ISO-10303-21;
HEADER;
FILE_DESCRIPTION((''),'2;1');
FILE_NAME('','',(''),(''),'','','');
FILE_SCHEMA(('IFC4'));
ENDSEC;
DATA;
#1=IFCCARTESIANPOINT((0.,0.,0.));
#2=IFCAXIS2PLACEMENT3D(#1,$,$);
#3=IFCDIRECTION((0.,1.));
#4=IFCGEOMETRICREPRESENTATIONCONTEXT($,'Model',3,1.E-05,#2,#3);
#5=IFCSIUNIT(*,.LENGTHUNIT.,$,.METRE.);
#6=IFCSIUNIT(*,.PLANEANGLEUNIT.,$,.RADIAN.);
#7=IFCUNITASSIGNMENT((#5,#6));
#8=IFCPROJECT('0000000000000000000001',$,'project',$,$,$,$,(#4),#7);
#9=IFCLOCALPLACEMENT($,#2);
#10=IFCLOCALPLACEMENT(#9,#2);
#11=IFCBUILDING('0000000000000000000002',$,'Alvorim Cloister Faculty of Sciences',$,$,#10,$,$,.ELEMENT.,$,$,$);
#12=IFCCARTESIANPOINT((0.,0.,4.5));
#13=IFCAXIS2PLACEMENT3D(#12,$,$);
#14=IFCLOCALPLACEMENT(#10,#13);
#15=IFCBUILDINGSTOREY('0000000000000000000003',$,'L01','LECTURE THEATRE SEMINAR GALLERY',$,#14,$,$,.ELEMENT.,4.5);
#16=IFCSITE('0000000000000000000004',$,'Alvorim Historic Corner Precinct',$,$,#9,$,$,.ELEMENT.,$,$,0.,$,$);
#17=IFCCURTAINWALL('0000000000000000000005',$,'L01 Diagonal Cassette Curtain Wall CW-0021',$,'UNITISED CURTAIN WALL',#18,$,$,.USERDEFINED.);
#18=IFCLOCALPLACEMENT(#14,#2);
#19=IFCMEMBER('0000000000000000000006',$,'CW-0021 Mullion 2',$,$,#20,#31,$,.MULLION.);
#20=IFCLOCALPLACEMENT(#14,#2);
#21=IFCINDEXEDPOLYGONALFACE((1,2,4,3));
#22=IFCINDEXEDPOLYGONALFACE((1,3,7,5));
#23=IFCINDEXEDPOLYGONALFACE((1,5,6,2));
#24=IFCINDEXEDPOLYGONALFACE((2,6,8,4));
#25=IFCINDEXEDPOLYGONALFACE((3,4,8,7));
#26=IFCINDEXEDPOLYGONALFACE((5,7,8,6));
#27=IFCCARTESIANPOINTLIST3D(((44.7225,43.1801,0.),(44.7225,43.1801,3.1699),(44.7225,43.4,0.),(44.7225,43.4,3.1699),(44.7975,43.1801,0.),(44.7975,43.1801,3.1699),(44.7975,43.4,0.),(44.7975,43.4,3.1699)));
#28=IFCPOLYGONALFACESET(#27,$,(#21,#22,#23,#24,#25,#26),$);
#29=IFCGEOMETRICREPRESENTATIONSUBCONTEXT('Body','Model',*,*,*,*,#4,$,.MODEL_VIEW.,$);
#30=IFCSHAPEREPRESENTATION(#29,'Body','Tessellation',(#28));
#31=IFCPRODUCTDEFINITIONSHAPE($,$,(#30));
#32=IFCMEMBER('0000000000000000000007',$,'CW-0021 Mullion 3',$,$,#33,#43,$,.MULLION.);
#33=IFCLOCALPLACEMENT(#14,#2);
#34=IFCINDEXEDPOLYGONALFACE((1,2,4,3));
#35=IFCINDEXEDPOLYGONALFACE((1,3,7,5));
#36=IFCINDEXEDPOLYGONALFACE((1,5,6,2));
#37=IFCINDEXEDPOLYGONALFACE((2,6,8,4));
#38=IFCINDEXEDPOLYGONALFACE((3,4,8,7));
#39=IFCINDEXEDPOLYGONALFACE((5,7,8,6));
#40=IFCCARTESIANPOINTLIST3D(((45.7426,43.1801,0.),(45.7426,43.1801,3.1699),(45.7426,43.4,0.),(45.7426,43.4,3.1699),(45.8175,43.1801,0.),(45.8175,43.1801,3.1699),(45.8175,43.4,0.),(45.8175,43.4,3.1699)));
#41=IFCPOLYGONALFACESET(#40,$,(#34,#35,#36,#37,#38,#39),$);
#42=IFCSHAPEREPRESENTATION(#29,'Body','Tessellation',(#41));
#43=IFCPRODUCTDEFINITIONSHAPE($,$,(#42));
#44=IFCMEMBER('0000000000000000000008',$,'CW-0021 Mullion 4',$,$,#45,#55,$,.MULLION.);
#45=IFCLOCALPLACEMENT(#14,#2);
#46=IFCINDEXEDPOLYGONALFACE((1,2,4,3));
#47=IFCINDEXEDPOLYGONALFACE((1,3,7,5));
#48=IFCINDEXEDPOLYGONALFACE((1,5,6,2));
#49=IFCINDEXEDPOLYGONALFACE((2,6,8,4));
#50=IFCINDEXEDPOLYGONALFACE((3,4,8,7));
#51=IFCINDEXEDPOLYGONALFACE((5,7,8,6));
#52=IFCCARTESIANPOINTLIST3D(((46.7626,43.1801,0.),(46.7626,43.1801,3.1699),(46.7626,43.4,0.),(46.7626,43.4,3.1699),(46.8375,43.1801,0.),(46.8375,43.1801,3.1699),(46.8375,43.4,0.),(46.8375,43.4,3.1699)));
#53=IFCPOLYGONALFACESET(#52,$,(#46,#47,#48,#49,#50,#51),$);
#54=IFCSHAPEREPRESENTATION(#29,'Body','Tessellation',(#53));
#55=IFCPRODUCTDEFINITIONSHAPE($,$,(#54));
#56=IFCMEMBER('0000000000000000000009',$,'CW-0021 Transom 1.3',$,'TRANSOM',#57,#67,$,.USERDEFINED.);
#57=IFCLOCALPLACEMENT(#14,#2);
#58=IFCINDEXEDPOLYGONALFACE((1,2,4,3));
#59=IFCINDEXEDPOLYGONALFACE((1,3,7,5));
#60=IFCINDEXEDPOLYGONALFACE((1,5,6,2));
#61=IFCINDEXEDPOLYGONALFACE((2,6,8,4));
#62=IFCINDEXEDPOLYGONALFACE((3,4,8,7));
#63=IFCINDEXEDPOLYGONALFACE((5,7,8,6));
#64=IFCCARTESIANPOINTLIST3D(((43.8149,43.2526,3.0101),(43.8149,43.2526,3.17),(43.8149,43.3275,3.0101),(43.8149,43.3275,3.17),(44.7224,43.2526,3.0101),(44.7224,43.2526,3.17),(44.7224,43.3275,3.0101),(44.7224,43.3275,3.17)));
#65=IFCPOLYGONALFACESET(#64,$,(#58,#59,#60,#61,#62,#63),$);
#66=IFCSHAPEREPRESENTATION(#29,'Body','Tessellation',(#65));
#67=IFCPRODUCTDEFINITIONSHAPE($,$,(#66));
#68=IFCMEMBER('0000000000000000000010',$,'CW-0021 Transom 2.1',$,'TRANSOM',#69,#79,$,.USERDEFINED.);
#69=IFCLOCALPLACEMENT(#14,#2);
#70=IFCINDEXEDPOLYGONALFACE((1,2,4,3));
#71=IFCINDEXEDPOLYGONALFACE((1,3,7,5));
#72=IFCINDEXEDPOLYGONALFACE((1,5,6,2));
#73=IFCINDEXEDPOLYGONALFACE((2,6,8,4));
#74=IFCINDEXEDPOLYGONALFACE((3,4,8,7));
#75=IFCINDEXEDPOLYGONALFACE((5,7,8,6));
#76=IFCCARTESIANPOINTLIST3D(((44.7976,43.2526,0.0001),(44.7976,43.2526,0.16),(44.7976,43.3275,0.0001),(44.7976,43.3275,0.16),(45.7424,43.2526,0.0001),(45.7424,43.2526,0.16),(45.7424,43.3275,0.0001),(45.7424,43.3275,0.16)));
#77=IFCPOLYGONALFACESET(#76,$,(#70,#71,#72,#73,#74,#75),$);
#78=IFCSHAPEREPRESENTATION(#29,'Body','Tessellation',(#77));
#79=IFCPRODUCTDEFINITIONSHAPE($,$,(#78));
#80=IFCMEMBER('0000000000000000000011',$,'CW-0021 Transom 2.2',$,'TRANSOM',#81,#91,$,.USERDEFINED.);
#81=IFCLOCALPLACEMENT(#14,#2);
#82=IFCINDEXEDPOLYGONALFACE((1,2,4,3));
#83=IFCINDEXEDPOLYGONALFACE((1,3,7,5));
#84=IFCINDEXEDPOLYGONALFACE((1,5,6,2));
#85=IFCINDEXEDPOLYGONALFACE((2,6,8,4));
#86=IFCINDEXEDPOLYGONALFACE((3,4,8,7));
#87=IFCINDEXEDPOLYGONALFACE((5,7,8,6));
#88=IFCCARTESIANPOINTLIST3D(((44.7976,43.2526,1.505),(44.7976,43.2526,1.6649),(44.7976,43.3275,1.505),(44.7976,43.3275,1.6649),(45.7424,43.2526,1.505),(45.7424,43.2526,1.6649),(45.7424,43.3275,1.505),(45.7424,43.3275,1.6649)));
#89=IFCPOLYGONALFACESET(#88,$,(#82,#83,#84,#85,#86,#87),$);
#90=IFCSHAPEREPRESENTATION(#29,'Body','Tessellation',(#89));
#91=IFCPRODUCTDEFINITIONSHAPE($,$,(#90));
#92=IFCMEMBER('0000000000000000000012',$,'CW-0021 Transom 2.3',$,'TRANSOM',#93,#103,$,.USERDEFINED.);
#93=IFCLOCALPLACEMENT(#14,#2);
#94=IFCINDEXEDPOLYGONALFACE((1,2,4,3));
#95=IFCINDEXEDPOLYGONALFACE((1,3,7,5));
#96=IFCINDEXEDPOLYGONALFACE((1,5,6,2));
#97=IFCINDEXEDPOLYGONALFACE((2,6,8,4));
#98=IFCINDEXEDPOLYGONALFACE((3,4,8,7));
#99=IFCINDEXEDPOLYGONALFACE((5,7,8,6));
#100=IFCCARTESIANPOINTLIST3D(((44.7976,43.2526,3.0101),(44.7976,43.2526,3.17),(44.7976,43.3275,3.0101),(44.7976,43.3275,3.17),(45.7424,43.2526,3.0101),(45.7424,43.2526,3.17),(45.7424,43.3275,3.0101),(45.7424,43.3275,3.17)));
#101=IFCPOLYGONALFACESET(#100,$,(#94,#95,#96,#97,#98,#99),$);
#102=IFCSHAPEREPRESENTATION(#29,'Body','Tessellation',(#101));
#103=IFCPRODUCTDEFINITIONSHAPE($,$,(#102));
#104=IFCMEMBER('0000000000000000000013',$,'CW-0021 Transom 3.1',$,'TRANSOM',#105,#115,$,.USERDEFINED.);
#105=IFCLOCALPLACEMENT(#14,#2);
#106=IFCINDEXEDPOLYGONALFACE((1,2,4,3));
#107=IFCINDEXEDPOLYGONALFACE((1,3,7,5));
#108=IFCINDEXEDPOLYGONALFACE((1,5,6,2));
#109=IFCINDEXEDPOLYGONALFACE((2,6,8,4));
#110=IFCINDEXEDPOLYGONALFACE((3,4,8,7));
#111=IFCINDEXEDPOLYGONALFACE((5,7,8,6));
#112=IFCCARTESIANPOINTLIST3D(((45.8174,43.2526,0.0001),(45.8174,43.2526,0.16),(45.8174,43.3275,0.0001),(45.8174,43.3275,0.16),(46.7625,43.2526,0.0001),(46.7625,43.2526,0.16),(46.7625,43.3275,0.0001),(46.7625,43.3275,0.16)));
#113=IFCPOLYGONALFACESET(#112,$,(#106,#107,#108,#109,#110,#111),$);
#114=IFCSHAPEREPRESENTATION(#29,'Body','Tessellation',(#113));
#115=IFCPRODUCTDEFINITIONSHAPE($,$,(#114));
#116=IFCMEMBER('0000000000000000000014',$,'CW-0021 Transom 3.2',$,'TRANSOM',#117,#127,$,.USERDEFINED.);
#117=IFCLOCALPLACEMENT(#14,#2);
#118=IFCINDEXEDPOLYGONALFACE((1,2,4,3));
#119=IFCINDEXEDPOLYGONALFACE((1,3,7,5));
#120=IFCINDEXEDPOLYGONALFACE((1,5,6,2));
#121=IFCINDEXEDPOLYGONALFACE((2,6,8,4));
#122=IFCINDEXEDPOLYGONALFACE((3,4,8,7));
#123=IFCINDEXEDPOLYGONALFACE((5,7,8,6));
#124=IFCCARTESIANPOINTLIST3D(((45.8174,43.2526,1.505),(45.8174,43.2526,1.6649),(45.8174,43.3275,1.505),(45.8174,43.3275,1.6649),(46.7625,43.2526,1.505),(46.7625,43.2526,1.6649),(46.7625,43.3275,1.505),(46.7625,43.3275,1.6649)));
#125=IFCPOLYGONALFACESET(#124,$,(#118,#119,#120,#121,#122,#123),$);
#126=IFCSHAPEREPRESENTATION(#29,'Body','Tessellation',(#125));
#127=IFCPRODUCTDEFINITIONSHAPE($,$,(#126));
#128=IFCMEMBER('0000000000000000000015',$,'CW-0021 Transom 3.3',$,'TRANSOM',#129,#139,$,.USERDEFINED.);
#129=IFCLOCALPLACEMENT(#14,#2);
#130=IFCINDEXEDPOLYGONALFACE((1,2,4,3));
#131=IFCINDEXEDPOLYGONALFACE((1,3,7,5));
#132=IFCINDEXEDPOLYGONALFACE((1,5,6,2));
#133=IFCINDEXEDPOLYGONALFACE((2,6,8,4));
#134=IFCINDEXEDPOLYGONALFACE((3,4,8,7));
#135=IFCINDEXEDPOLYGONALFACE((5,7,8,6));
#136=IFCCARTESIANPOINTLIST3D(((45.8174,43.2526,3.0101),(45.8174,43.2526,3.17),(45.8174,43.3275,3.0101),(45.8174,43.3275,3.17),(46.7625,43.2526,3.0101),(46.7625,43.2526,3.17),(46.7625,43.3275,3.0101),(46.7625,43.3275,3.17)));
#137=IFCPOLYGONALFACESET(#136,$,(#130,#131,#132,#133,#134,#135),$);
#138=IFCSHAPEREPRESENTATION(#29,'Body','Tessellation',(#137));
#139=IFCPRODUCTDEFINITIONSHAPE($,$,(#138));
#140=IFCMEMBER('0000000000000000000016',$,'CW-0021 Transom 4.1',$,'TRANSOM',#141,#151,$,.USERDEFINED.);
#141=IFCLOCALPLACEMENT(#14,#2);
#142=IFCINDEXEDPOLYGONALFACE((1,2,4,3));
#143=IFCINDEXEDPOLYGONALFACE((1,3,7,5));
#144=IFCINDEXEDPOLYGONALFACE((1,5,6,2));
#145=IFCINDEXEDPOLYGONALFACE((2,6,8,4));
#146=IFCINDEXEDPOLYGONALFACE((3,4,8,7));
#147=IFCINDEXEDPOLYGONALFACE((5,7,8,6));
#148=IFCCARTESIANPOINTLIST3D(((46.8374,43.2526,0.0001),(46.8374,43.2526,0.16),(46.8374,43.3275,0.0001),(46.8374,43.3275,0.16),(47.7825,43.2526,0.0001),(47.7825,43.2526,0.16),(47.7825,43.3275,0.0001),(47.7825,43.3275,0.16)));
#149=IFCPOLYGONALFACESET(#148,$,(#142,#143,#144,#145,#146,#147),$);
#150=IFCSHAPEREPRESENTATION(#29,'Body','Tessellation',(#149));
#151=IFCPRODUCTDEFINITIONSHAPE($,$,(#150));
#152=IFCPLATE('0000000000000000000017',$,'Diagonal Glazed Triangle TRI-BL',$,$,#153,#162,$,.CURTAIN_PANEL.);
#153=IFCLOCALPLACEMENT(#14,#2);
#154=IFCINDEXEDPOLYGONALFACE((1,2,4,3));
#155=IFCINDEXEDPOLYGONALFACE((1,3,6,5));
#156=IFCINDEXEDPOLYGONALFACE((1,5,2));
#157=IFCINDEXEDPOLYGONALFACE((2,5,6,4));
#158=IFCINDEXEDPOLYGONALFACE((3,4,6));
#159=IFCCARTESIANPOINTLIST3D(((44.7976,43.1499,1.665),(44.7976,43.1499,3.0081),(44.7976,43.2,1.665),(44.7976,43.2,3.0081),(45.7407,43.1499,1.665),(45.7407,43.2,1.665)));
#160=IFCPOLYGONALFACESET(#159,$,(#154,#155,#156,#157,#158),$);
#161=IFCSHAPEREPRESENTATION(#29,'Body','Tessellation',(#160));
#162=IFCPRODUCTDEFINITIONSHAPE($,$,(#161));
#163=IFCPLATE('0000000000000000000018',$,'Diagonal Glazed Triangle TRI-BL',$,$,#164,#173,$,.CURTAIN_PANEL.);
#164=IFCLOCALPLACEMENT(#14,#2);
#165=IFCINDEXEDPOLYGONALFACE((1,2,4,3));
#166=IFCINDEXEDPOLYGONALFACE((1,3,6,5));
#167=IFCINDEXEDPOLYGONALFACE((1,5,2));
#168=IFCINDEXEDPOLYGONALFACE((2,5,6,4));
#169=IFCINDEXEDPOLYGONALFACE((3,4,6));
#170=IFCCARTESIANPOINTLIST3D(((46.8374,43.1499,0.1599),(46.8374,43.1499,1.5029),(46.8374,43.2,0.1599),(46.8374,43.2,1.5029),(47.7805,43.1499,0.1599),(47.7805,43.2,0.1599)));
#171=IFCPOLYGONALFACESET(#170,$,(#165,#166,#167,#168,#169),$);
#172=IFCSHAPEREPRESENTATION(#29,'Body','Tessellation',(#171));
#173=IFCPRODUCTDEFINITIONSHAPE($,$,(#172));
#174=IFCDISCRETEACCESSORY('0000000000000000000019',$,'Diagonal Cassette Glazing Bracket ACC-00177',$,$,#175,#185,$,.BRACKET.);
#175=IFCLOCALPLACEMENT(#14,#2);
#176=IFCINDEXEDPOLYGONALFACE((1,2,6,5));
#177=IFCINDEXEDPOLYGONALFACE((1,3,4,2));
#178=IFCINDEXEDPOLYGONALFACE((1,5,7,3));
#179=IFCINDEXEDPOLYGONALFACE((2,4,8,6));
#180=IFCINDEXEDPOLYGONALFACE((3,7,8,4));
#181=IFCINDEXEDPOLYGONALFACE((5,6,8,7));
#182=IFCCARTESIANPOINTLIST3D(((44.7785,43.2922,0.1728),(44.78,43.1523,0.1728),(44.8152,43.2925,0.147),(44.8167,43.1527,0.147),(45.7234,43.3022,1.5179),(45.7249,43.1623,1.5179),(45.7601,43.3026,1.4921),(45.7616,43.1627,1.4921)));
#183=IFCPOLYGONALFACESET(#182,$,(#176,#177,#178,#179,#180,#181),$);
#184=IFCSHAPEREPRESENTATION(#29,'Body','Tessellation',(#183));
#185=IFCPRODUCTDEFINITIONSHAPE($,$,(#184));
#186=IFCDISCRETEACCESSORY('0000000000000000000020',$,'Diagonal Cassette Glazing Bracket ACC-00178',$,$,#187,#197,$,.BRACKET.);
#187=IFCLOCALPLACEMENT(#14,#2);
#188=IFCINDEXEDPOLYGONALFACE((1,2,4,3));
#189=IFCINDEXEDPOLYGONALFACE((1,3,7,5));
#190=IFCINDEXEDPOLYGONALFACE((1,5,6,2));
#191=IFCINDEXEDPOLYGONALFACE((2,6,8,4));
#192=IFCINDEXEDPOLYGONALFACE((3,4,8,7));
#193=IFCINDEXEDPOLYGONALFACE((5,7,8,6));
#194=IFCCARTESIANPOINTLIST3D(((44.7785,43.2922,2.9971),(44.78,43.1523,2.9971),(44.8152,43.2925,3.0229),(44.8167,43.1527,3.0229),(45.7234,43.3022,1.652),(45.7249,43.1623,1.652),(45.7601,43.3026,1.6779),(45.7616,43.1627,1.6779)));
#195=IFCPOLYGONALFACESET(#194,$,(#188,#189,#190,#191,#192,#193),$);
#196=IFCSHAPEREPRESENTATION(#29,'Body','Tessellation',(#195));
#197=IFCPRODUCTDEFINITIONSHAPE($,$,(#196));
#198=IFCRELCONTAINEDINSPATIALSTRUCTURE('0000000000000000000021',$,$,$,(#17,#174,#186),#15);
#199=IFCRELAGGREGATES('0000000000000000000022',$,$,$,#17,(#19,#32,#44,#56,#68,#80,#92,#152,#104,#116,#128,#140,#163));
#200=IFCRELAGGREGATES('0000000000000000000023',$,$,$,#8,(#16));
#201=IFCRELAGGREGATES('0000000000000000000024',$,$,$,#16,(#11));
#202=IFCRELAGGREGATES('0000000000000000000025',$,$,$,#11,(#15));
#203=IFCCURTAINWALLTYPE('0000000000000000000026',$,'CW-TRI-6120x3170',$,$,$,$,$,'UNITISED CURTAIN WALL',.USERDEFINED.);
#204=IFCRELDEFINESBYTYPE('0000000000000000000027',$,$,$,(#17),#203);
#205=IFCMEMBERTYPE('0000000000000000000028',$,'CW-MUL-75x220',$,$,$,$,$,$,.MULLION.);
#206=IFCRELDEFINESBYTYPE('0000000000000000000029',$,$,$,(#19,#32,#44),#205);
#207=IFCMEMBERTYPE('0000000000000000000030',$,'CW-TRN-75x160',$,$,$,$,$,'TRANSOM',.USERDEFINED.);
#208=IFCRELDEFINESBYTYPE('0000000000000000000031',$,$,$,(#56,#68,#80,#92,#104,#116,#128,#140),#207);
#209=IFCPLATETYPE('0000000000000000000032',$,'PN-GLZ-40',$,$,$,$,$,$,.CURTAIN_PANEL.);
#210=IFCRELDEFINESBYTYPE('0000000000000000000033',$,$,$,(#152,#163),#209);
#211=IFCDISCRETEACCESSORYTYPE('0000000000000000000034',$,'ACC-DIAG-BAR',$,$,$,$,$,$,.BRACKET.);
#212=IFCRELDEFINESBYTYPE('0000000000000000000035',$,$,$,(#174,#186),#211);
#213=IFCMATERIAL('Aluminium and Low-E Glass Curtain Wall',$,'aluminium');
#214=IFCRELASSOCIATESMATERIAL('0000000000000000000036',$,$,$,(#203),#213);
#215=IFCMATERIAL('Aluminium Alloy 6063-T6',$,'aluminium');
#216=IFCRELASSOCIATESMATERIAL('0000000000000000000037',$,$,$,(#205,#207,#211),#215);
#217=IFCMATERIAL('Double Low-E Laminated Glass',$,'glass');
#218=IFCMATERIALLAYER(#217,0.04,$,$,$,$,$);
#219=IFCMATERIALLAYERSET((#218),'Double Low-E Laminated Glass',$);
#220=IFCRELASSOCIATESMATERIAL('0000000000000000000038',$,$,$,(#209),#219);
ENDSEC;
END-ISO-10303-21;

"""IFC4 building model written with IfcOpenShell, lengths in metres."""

from ifc_helpers import new_model, si_unit, direction, frame, origin, origin_2d, place, context, subcontext, project, spatial, polyline, rectangle, outline, extrude, material, layer, layer_set, material_profile, profile_set, type_object, element, aggregate, save


model = new_model("IFC4")

# Units and contexts
model_context = context("Model", 3, precision=1e-05, world=origin(), true_north=direction((0.0, 1.0)))
body_context = subcontext(model_context, "Body", "Model", "MODEL_VIEW")
ifc_project = project(units=[si_unit("LENGTHUNIT", "METRE"), si_unit("PLANEANGLEUNIT", "RADIAN")], contexts=[model_context])

# Site, building, storey
site_placement = place(None, origin())
site = spatial("IfcSite", under=ifc_project, at=site_placement, Name="Alvorim Historic Corner Precinct", CompositionType="ELEMENT", RefElevation=0.0)
building_placement = place(site_placement, origin())
building = spatial("IfcBuilding", under=site, at=building_placement, Name="Alvorim Cloister Faculty of Sciences", CompositionType="ELEMENT")
storey_placement = place(building_placement, frame((0.0, 0.0, 4.5)))
storey = spatial("IfcBuildingStorey", under=building, at=storey_placement, Name="L01", Description="LECTURE THEATRE SEMINAR GALLERY", CompositionType="ELEMENT", Elevation=4.5)

# Curtain wall, members, plates
ifc_material_1 = material(Name="Aluminium and Low-E Glass Curtain Wall", Category="aluminium")
curtain_wall_type = type_object("IfcCurtainWallType", Name="CW-TRI-6120x3170", ElementType="UNITISED CURTAIN WALL", PredefinedType="USERDEFINED", material=ifc_material_1)
curtain_wall_placement = place(storey_placement, origin())
curtain_wall = element("IfcCurtainWall", 1, at=curtain_wall_placement, inside=storey, type_object=curtain_wall_type, Name="L01 Diagonal Cassette Curtain Wall CW-0021", ObjectType="UNITISED CURTAIN WALL", PredefinedType="USERDEFINED")
ifc_material_2 = material(Name="Aluminium Alloy 6063-T6", Category="aluminium")
ifc_material_profile_1 = material_profile(ifc_material_2, rectangle(XDim=0.075, YDim=0.22, at=origin_2d()), Name="ALU-MUL-75x220")
ifc_profile_set_1 = profile_set([ifc_material_profile_1], Name="Aluminium Alloy 6063-T6")
member_type_1 = type_object("IfcMemberType", Name="CW-MUL-75x220", PredefinedType="MULLION", material=ifc_profile_set_1)
member_1_placement = place(storey_placement, frame((44.76, 43.29, 0.0), z_axis=(0.0, 0.0, 1.0), x_axis=(1.0, 0.0, 0.0)))
member_1 = element("IfcMember", 2, at=member_1_placement, type_object=member_type_1, Name="CW-0021 Mullion 2", PredefinedType="MULLION", context=body_context, shape_type="SweptSolid", body=[
    extrude(rectangle(XDim=0.075, YDim=0.22, at=origin_2d()), origin(), (0.0, 0.0, 1.0), 3.1699),
])
member_2_placement = place(storey_placement, frame((45.78, 43.29, 0.0), z_axis=(0.0, 0.0, 1.0), x_axis=(1.0, 0.0, 0.0)))
member_2 = element("IfcMember", 3, at=member_2_placement, type_object=member_type_1, Name="CW-0021 Mullion 3", PredefinedType="MULLION", context=body_context, shape_type="SweptSolid", body=[
    extrude(rectangle(XDim=0.075, YDim=0.22, at=origin_2d()), origin(), (0.0, 0.0, 1.0), 3.1699),
])
member_3_placement = place(storey_placement, frame((46.8, 43.29, 0.0), z_axis=(0.0, 0.0, 1.0), x_axis=(1.0, 0.0, 0.0)))
member_3 = element("IfcMember", 4, at=member_3_placement, type_object=member_type_1, Name="CW-0021 Mullion 4", PredefinedType="MULLION", context=body_context, shape_type="SweptSolid", body=[
    extrude(rectangle(XDim=0.075, YDim=0.22, at=origin_2d()), origin(), (0.0, 0.0, 1.0), 3.1699),
])
ifc_material_profile_2 = material_profile(ifc_material_2, rectangle(XDim=0.075, YDim=0.1599, at=origin_2d()), Name="ALU-TRN-75x160")
ifc_profile_set_2 = profile_set([ifc_material_profile_2], Name="Aluminium Alloy 6063-T6")
member_type_2 = type_object("IfcMemberType", Name="CW-TRN-75x160", ElementType="TRANSOM", PredefinedType="USERDEFINED", material=ifc_profile_set_2)
member_4_placement = place(storey_placement, frame((43.8149, 43.29, 3.0901), z_axis=(1.0, 0.0, 0.0), x_axis=(0.0, 1.0, 0.0)))
member_4 = element("IfcMember", 5, at=member_4_placement, type_object=member_type_2, Name="CW-0021 Transom 1.3", ObjectType="TRANSOM", PredefinedType="USERDEFINED", context=body_context, shape_type="SweptSolid", body=[
    extrude(rectangle(XDim=0.075, YDim=0.1599, at=origin_2d()), origin(), (0.0, 0.0, 1.0), 0.9075),
])
member_5_placement = place(storey_placement, frame((44.7976, 43.29, 0.0801), z_axis=(1.0, 0.0, 0.0), x_axis=(0.0, 1.0, 0.0)))
member_5 = element("IfcMember", 6, at=member_5_placement, type_object=member_type_2, Name="CW-0021 Transom 2.1", ObjectType="TRANSOM", PredefinedType="USERDEFINED", context=body_context, shape_type="SweptSolid", body=[
    extrude(rectangle(XDim=0.075, YDim=0.1599, at=origin_2d()), origin(), (0.0, 0.0, 1.0), 0.9448),
])
member_6_placement = place(storey_placement, frame((44.7976, 43.29, 1.585), z_axis=(1.0, 0.0, 0.0), x_axis=(0.0, 1.0, 0.0)))
member_6 = element("IfcMember", 7, at=member_6_placement, type_object=member_type_2, Name="CW-0021 Transom 2.2", ObjectType="TRANSOM", PredefinedType="USERDEFINED", context=body_context, shape_type="SweptSolid", body=[
    extrude(rectangle(XDim=0.075, YDim=0.1599, at=origin_2d()), origin(), (0.0, 0.0, 1.0), 0.9448),
])
member_7_placement = place(storey_placement, frame((44.7976, 43.29, 3.0901), z_axis=(1.0, 0.0, 0.0), x_axis=(0.0, 1.0, 0.0)))
member_7 = element("IfcMember", 8, at=member_7_placement, type_object=member_type_2, Name="CW-0021 Transom 2.3", ObjectType="TRANSOM", PredefinedType="USERDEFINED", context=body_context, shape_type="SweptSolid", body=[
    extrude(rectangle(XDim=0.075, YDim=0.1599, at=origin_2d()), origin(), (0.0, 0.0, 1.0), 0.9448),
])
member_8_placement = place(storey_placement, frame((45.8174, 43.29, 0.0801), z_axis=(1.0, 0.0, 0.0), x_axis=(0.0, 1.0, 0.0)))
member_8 = element("IfcMember", 9, at=member_8_placement, type_object=member_type_2, Name="CW-0021 Transom 3.1", ObjectType="TRANSOM", PredefinedType="USERDEFINED", context=body_context, shape_type="SweptSolid", body=[
    extrude(rectangle(XDim=0.075, YDim=0.1599, at=origin_2d()), origin(), (0.0, 0.0, 1.0), 0.9451),
])
member_9_placement = place(storey_placement, frame((45.8174, 43.29, 1.585), z_axis=(1.0, 0.0, 0.0), x_axis=(0.0, 1.0, 0.0)))
member_9 = element("IfcMember", 10, at=member_9_placement, type_object=member_type_2, Name="CW-0021 Transom 3.2", ObjectType="TRANSOM", PredefinedType="USERDEFINED", context=body_context, shape_type="SweptSolid", body=[
    extrude(rectangle(XDim=0.075, YDim=0.1599, at=origin_2d()), origin(), (0.0, 0.0, 1.0), 0.9451),
])
member_10_placement = place(storey_placement, frame((45.8174, 43.29, 3.0901), z_axis=(1.0, 0.0, 0.0), x_axis=(0.0, 1.0, 0.0)))
member_10 = element("IfcMember", 11, at=member_10_placement, type_object=member_type_2, Name="CW-0021 Transom 3.3", ObjectType="TRANSOM", PredefinedType="USERDEFINED", context=body_context, shape_type="SweptSolid", body=[
    extrude(rectangle(XDim=0.075, YDim=0.1599, at=origin_2d()), origin(), (0.0, 0.0, 1.0), 0.9451),
])
member_11_placement = place(storey_placement, frame((46.8374, 43.29, 0.0801), z_axis=(1.0, 0.0, 0.0), x_axis=(0.0, 1.0, 0.0)))
member_11 = element("IfcMember", 12, at=member_11_placement, type_object=member_type_2, Name="CW-0021 Transom 4.1", ObjectType="TRANSOM", PredefinedType="USERDEFINED", context=body_context, shape_type="SweptSolid", body=[
    extrude(rectangle(XDim=0.075, YDim=0.1599, at=origin_2d()), origin(), (0.0, 0.0, 1.0), 0.9451),
])
ifc_material_3 = material(Name="Double Low-E Laminated Glass", Category="glass")
ifc_layer = layer(ifc_material_3, 0.04)
ifc_layer_set = layer_set([ifc_layer], Name="Double Low-E Laminated Glass")
plate_type = type_object("IfcPlateType", Name="PN-GLZ-40", PredefinedType="CURTAIN_PANEL", material=ifc_layer_set)
plate_1_placement = place(storey_placement, frame((44.7976, 43.175, 1.665), z_axis=(0.0, 0.0, 1.0), x_axis=(1.0, 0.0, 0.0)))
plate_1 = element("IfcPlate", 13, at=plate_1_placement, type_object=plate_type, Name="Diagonal Glazed Triangle TRI-BL", PredefinedType="CURTAIN_PANEL", context=body_context, shape_type="SweptSolid", body=[
    extrude(outline(polyline([(0.0, 0.0), (0.9431, 0.0), (0.0, 1.343), (0.0, 0.0)])), frame((0.0, 0.0249, 0.0), z_axis=(0.0, -1.0, 0.0), x_axis=(1.0, 0.0, 0.0)), (0.0, 0.0, 1.0), 0.05),
])
plate_2_placement = place(storey_placement, frame((46.8374, 43.175, 0.1599), z_axis=(0.0, 0.0, 1.0), x_axis=(1.0, 0.0, 0.0)))
plate_2 = element("IfcPlate", 14, at=plate_2_placement, type_object=plate_type, Name="Diagonal Glazed Triangle TRI-BL", PredefinedType="CURTAIN_PANEL", context=body_context, shape_type="SweptSolid", body=[
    extrude(outline(polyline([(0.0, 0.0), (0.9431, 0.0), (0.0, 1.343), (0.0, 0.0)])), frame((0.0, 0.0249, 0.0), z_axis=(0.0, -1.0, 0.0), x_axis=(1.0, 0.0, 0.0)), (0.0, 0.0, 1.0), 0.05),
])
aggregate(curtain_wall, [member_1, member_2, member_3, member_4, member_5, member_6, member_7, plate_1, member_8, member_9, member_10, member_11, plate_2])

# Discrete accessories
discrete_accessory_type = type_object("IfcDiscreteAccessoryType", Name="ACC-DIAG-BAR", PredefinedType="BRACKET", material=ifc_material_2)
for number, where, z_axis, x_axis, name in (
    (15, (44.7976, 43.2224, 0.1599), (0.574817, 0.00609, 0.81826), (-0.010594, 0.999944, 0.0), "Diagonal Cassette Glazing Bracket ACC-00177"),
    (16, (44.7976, 43.2224, 3.01), (0.574817, 0.00609, -0.81826), (-0.010594, 0.999944, 0.0), "Diagonal Cassette Glazing Bracket ACC-00178"),
):
    element("IfcDiscreteAccessory", number, at=place(storey_placement, frame(where, z_axis=z_axis, x_axis=x_axis)), inside=storey, type_object=discrete_accessory_type, Name=name, PredefinedType="BRACKET", context=body_context, shape_type="SweptSolid", body=[
        extrude(rectangle(XDim=0.1399, YDim=0.0449, at=origin_2d()), origin(), (0.0, 0.0, 1.0), 1.6438),
    ])

save(model, "model.ifc")
